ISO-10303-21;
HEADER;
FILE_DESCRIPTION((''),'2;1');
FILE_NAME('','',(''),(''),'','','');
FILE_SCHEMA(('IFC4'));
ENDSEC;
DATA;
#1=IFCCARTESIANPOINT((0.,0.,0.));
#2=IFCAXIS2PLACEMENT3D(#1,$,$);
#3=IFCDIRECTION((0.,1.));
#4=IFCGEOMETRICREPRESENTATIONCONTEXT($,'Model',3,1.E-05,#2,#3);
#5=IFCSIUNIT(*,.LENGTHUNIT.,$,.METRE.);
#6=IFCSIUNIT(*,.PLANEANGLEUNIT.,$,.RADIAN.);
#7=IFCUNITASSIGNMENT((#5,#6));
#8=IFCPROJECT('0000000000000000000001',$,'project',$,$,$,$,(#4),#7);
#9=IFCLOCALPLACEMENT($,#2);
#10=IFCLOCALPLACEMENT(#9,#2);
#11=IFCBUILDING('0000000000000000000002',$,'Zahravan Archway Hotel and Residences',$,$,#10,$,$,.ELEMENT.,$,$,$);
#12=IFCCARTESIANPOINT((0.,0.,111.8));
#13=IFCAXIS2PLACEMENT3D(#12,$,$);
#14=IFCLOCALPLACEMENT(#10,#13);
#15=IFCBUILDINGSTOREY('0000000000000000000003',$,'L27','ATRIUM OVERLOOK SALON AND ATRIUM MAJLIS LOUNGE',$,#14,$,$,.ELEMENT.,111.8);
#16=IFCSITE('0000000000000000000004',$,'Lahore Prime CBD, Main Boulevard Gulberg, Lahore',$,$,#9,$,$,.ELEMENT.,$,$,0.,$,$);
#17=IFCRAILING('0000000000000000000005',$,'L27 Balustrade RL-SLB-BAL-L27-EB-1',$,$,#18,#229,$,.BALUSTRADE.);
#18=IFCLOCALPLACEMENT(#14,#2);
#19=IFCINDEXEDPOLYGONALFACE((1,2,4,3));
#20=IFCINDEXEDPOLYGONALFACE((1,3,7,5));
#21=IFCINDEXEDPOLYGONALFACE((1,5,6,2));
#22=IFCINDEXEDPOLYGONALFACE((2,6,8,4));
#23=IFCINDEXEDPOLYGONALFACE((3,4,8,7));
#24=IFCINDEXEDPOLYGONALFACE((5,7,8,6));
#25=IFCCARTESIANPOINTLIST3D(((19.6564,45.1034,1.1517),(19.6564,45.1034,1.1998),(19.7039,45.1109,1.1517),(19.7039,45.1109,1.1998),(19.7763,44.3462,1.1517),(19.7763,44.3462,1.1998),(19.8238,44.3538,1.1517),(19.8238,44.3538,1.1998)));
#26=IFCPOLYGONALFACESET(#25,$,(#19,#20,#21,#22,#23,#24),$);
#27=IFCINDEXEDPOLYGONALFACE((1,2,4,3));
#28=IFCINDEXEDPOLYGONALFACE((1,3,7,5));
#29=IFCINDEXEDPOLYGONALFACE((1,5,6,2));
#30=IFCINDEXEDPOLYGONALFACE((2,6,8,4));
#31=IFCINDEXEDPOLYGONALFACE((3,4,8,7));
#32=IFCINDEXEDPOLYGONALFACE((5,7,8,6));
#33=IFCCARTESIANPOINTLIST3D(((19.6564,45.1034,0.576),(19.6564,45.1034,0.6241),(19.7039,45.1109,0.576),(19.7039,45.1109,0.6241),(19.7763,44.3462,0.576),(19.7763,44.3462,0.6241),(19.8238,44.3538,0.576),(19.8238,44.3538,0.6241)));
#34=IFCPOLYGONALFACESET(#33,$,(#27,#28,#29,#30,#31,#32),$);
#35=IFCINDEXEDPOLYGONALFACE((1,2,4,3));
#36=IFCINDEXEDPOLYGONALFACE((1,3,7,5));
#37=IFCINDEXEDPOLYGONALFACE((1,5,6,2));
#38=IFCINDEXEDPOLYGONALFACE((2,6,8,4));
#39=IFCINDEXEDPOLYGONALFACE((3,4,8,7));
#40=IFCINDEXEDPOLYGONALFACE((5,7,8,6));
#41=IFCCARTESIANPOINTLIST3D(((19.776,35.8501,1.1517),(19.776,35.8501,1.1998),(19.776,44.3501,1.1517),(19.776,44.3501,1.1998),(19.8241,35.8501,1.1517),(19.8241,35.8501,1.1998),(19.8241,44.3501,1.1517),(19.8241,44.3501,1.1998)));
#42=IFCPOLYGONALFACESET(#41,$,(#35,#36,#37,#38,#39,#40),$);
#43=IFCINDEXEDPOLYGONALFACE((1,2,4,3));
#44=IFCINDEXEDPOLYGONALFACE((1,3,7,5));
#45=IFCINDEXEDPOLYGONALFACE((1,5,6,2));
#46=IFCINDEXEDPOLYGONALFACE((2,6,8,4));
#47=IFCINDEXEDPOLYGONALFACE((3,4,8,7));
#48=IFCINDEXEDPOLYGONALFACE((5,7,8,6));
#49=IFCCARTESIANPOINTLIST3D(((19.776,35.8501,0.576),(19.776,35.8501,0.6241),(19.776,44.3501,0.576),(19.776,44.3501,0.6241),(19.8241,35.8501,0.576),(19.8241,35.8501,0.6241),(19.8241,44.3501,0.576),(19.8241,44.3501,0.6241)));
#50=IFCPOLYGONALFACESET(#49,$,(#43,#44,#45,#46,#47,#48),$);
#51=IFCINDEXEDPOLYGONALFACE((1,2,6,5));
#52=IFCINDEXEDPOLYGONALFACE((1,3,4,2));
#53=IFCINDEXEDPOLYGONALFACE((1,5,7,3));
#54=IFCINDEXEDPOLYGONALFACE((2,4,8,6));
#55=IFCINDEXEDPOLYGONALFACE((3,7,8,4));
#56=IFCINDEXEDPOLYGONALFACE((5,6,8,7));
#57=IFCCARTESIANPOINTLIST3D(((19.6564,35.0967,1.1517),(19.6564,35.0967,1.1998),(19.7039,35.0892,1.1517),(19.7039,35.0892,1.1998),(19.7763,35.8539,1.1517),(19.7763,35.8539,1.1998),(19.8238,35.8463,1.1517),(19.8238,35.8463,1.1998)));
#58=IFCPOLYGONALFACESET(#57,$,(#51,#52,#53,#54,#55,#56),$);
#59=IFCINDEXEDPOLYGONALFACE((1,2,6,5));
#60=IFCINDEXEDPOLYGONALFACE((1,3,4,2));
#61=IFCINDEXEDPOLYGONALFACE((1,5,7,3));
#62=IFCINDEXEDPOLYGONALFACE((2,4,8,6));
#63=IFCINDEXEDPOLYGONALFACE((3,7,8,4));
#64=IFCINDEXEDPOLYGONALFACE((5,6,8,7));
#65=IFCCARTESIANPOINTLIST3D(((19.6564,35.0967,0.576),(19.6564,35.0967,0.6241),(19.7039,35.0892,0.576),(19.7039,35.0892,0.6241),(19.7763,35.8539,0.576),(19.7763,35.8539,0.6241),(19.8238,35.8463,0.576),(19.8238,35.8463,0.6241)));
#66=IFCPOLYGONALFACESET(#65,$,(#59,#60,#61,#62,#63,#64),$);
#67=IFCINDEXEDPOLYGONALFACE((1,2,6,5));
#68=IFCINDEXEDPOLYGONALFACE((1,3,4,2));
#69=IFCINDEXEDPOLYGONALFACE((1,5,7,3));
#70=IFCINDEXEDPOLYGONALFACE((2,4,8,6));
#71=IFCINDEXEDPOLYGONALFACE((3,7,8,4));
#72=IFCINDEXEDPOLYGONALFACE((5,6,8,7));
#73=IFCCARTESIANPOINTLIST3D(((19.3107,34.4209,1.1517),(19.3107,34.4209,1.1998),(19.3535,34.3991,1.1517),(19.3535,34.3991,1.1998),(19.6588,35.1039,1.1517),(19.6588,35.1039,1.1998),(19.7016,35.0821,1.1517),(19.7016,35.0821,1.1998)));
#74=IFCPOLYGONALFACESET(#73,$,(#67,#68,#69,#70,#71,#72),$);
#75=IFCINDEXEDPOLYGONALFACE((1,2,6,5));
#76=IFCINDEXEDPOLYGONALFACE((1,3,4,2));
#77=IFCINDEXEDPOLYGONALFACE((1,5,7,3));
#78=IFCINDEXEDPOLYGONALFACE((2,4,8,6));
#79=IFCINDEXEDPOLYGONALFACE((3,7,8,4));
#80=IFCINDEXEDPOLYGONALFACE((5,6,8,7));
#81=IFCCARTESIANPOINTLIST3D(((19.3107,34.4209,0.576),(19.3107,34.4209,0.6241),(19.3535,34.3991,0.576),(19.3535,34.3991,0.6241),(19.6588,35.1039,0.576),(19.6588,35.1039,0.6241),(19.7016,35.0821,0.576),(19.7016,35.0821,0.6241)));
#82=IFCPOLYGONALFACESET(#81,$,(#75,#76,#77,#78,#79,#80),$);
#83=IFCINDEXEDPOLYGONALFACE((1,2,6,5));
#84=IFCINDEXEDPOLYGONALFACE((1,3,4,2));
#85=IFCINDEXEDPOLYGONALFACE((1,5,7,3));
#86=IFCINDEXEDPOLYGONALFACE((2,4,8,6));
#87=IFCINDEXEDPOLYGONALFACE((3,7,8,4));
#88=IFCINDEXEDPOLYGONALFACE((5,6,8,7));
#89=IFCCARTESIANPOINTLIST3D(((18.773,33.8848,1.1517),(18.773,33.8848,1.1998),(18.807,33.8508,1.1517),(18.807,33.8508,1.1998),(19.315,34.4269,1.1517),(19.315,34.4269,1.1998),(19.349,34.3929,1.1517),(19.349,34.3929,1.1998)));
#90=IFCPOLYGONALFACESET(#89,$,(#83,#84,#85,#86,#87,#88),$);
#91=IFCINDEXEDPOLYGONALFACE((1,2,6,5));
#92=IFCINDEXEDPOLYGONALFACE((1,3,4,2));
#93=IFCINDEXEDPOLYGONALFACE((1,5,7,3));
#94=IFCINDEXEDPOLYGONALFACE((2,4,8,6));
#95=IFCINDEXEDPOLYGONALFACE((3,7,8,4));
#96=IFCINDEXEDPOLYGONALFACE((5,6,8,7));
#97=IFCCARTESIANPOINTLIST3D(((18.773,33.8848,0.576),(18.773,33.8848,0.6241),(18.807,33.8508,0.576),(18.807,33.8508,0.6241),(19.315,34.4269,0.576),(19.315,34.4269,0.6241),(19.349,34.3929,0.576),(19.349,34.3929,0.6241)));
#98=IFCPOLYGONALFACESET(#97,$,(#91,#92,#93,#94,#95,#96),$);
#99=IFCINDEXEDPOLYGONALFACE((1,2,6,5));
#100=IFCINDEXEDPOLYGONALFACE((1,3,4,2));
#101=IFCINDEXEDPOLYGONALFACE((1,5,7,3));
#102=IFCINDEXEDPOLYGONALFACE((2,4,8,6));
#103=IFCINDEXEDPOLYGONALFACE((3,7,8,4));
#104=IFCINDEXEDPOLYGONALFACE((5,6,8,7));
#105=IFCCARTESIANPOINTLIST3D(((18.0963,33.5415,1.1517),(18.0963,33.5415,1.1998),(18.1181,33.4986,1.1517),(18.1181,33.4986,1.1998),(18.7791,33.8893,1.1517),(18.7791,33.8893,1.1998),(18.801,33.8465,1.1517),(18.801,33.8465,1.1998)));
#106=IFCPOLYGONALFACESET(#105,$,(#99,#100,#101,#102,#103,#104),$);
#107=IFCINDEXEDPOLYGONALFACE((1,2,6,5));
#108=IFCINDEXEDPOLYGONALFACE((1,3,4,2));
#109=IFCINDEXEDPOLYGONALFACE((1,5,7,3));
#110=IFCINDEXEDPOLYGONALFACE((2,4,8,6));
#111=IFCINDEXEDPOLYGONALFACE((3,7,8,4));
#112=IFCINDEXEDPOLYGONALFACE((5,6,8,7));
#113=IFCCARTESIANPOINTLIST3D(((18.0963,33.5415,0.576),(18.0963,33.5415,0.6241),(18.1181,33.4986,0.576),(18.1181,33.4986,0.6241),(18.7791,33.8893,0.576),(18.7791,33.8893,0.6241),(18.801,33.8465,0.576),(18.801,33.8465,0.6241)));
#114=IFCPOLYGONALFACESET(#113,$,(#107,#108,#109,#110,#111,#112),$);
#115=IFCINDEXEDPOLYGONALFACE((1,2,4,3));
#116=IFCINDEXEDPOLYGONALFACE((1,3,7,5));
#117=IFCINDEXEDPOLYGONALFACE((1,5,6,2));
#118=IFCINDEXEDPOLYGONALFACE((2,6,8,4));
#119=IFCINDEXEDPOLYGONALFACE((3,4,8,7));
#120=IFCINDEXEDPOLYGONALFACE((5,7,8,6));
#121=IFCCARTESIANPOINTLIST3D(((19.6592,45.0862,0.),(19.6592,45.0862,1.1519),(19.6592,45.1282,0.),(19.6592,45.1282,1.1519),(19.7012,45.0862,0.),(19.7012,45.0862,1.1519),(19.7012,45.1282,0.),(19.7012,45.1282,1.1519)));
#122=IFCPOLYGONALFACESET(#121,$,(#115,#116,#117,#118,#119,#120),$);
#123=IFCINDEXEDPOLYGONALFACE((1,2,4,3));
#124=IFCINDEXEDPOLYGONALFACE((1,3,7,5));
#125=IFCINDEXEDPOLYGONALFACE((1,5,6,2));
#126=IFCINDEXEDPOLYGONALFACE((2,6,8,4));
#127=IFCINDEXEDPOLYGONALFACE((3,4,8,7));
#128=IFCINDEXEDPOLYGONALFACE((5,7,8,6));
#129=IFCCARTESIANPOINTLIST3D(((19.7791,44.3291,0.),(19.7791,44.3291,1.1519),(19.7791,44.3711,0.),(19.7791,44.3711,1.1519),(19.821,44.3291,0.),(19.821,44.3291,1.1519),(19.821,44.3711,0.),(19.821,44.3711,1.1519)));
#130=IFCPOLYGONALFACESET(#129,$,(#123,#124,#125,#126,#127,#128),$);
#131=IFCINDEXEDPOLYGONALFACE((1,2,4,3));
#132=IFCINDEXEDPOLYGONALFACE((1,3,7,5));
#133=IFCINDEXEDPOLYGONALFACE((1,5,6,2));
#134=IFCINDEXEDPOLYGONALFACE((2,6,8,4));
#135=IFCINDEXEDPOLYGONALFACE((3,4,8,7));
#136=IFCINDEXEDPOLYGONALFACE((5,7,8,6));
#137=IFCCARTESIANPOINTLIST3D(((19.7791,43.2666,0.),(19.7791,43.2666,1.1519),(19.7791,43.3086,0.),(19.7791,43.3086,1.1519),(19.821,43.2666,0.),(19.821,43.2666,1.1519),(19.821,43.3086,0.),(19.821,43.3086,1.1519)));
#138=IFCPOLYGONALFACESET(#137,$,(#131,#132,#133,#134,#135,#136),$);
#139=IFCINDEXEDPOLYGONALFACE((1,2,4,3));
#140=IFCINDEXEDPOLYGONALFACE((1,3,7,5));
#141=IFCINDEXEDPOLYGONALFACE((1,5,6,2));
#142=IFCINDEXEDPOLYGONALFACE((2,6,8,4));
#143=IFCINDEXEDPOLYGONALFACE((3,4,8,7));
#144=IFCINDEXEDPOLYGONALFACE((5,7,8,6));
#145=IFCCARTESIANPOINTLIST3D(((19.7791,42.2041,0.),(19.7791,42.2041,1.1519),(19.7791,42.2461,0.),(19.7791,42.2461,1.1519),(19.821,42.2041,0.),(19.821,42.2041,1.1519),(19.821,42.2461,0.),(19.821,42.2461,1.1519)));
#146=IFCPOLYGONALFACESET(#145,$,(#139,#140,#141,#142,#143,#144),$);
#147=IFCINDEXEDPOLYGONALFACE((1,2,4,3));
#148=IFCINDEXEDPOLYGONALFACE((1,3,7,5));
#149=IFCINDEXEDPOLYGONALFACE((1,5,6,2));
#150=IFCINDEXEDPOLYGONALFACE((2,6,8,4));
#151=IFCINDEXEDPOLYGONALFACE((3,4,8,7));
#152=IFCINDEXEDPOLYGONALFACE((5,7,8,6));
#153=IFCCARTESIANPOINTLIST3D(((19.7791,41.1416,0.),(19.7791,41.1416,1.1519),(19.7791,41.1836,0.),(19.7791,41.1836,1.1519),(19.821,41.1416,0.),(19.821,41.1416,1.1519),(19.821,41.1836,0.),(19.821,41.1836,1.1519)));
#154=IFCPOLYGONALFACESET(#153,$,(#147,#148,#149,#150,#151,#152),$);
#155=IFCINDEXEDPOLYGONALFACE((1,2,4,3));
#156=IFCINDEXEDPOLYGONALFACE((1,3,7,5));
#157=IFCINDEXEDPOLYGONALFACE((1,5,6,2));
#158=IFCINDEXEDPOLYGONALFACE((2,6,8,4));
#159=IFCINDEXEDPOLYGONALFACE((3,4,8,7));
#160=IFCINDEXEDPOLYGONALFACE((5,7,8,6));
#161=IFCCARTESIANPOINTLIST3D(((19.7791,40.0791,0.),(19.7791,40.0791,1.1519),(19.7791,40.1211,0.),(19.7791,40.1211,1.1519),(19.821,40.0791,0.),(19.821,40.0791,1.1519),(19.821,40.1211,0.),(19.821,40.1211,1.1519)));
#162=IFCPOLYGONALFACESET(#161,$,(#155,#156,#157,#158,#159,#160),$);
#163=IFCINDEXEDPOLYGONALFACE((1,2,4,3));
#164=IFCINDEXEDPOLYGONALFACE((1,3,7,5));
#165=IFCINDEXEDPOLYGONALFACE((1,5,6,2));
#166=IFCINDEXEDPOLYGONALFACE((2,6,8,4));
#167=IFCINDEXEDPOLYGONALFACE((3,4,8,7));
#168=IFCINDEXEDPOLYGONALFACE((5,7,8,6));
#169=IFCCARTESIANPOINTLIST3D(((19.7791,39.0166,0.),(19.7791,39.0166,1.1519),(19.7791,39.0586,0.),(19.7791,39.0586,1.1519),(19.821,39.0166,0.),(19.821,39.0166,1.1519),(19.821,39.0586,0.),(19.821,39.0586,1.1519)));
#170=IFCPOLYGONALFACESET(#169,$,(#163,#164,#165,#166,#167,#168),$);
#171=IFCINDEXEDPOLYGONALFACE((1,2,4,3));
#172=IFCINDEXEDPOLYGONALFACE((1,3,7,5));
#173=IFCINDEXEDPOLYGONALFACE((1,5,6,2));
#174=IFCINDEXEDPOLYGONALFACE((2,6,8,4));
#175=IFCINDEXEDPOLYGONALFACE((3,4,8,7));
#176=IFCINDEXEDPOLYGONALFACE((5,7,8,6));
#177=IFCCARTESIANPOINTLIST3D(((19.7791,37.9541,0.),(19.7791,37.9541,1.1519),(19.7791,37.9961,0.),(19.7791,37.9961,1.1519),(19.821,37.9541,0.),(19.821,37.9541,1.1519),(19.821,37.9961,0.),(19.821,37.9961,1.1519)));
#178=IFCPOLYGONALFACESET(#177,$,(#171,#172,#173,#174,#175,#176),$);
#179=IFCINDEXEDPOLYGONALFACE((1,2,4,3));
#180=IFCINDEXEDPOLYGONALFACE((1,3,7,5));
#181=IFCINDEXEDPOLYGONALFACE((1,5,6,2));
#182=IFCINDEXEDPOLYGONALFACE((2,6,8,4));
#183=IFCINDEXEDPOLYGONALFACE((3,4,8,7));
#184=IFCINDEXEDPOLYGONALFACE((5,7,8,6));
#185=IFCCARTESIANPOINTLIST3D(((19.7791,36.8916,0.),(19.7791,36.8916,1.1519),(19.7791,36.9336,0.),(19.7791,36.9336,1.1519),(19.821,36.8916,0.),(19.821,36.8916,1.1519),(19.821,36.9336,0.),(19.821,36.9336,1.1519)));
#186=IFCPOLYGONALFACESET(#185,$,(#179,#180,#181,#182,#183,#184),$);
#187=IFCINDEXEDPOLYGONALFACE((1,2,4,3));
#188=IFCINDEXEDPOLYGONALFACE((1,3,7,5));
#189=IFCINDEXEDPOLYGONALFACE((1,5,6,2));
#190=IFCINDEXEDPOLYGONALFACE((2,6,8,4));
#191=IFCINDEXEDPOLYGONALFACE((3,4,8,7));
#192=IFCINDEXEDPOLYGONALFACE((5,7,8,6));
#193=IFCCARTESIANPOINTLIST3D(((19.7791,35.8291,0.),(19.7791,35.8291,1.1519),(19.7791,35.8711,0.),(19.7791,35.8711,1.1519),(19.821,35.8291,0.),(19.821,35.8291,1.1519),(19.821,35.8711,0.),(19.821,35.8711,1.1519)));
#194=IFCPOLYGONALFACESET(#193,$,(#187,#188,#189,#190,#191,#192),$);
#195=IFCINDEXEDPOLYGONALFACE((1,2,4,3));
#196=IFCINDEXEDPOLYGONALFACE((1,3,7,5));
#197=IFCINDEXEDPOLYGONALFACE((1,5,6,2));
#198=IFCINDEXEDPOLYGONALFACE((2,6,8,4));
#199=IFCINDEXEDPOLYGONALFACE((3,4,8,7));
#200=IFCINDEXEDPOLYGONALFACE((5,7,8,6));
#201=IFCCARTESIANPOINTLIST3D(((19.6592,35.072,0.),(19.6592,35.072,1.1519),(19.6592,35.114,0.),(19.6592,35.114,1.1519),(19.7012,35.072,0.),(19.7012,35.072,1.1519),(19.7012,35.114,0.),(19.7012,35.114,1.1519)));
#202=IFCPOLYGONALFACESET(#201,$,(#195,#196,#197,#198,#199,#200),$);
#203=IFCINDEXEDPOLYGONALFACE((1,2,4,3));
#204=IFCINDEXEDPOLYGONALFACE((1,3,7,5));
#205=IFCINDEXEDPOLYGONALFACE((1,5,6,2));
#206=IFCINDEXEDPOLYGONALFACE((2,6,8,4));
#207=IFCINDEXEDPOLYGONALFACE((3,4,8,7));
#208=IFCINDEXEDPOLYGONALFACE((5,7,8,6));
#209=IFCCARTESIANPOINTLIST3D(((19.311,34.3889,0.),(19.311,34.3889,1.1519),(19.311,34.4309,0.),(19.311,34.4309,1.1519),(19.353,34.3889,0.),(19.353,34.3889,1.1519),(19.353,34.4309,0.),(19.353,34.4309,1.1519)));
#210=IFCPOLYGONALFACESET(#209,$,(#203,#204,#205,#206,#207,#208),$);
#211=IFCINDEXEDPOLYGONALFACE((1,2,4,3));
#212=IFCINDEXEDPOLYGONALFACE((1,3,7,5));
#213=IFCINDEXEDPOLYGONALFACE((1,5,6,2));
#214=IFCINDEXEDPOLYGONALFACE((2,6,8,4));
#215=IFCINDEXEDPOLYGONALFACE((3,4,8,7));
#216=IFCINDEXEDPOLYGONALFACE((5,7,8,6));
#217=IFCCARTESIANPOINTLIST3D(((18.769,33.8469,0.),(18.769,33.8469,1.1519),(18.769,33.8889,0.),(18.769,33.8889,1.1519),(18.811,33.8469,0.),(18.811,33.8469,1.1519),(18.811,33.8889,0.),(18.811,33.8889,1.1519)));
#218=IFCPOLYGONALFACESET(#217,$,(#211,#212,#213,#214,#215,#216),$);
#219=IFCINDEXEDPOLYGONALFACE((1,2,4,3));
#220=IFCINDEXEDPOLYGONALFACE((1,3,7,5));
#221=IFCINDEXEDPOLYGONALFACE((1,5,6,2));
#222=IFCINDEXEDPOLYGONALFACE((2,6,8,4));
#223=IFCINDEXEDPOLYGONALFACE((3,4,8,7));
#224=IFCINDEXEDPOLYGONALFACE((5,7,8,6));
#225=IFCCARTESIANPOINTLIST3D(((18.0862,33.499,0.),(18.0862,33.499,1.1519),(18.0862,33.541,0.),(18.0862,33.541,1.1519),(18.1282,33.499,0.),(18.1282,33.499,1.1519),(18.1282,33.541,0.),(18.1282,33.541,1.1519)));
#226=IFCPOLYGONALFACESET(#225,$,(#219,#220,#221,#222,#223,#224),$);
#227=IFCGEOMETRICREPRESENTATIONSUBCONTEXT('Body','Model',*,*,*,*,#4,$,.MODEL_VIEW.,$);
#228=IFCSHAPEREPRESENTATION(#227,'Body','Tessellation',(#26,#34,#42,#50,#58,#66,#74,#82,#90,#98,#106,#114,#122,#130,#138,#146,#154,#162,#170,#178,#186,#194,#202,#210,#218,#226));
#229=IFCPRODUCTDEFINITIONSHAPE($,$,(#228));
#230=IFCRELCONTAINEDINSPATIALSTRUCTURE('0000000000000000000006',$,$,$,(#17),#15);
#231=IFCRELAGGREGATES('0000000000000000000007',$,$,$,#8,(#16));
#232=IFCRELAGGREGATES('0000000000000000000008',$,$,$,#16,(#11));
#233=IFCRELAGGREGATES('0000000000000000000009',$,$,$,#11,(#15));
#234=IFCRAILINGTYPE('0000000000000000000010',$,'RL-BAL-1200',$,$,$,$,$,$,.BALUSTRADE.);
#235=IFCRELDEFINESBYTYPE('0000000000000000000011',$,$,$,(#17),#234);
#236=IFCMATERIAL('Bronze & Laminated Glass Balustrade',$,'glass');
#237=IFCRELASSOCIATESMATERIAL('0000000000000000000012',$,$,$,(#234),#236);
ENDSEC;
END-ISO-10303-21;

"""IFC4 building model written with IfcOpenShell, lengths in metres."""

from ifc_helpers import new_model, si_unit, direction, frame, origin, origin_2d, place, context, subcontext, project, spatial, rectangle, extrude, material, type_object, element, save


model = new_model("IFC4")

# Units and contexts
model_context = context("Model", 3, precision=1e-05, world=origin(), true_north=direction((0.0, 1.0)))
body_context = subcontext(model_context, "Body", "Model", "MODEL_VIEW")
ifc_project = project(units=[si_unit("LENGTHUNIT", "METRE"), si_unit("PLANEANGLEUNIT", "RADIAN")], contexts=[model_context])

# Site, building, storey
site_placement = place(None, origin())
site = spatial("IfcSite", under=ifc_project, at=site_placement, Name="Lahore Prime CBD, Main Boulevard Gulberg, Lahore", CompositionType="ELEMENT", RefElevation=0.0)
building_placement = place(site_placement, origin())
building = spatial("IfcBuilding", under=site, at=building_placement, Name="Zahravan Archway Hotel and Residences", CompositionType="ELEMENT")
storey_placement = place(building_placement, frame((0.0, 0.0, 111.8)))
storey = spatial("IfcBuildingStorey", under=building, at=storey_placement, Name="L27", Description="ATRIUM OVERLOOK SALON AND ATRIUM MAJLIS LOUNGE", CompositionType="ELEMENT", Elevation=111.8)

# Railing
ifc_material_1 = material(Name="Bronze & Laminated Glass Balustrade", Category="glass")
railing_type = type_object("IfcRailingType", Name="RL-BAL-1200", PredefinedType="BALUSTRADE", material=ifc_material_1)
railing_placement = place(storey_placement, frame((19.6802, 45.1072, 0.0)))
element("IfcRailing", 1, at=railing_placement, inside=storey, type_object=railing_type, Name="L27 Balustrade RL-SLB-BAL-L27-EB-1", PredefinedType="BALUSTRADE", context=body_context, shape_type="SweptSolid", body=[
    extrude(rectangle(XDim=0.0481, YDim=0.0481, at=origin_2d()), frame((0.0, 0.0, 1.1758), z_axis=(0.156388, -0.987696, 0.0), x_axis=(0.987696, 0.156388, 0.0)), (0.0, 0.0, 1.0), 0.7666),
    extrude(rectangle(XDim=0.0481, YDim=0.0481, at=origin_2d()), frame((0.0, 0.0, 0.6001), z_axis=(0.156388, -0.987696, 0.0), x_axis=(0.987696, 0.156388, 0.0)), (0.0, 0.0, 1.0), 0.7666),
    extrude(rectangle(XDim=0.0481, YDim=0.0481, at=origin_2d()), frame((0.1199, -0.7571, 1.1758), z_axis=(0.0, -1.0, 0.0), x_axis=(1.0, 0.0, 0.0)), (0.0, 0.0, 1.0), 8.5),
    extrude(rectangle(XDim=0.0481, YDim=0.0481, at=origin_2d()), frame((0.1199, -0.7571, 0.6001), z_axis=(0.0, -1.0, 0.0), x_axis=(1.0, 0.0, 0.0)), (0.0, 0.0, 1.0), 8.5),
    extrude(rectangle(XDim=0.0481, YDim=0.0481, at=origin_2d()), frame((0.1199, -9.2571, 1.1758), z_axis=(-0.156388, -0.987696, 0.0), x_axis=(0.987696, -0.156388, 0.0)), (0.0, 0.0, 1.0), 0.7666),
    extrude(rectangle(XDim=0.0481, YDim=0.0481, at=origin_2d()), frame((0.1199, -9.2571, 0.6001), z_axis=(-0.156388, -0.987696, 0.0), x_axis=(0.987696, -0.156388, 0.0)), (0.0, 0.0, 1.0), 0.7666),
    extrude(rectangle(XDim=0.0481, YDim=0.0481, at=origin_2d()), frame((0.0, -10.0142, 1.1758), z_axis=(-0.454078, -0.890962, 0.0), x_axis=(0.890962, -0.454078, 0.0)), (0.0, 0.0, 1.0), 0.7666),
    extrude(rectangle(XDim=0.0481, YDim=0.0481, at=origin_2d()), frame((0.0, -10.0142, 0.6001), z_axis=(-0.454078, -0.890962, 0.0), x_axis=(0.890962, -0.454078, 0.0)), (0.0, 0.0, 1.0), 0.7666),
    extrude(rectangle(XDim=0.0481, YDim=0.0481, at=origin_2d()), frame((-0.3481, -10.6973, 1.1758), z_axis=(-0.707107, -0.707107, 0.0), x_axis=(0.707107, -0.707107, 0.0)), (0.0, 0.0, 1.0), 0.7666),
    extrude(rectangle(XDim=0.0481, YDim=0.0481, at=origin_2d()), frame((-0.3481, -10.6973, 0.6001), z_axis=(-0.707107, -0.707107, 0.0), x_axis=(0.707107, -0.707107, 0.0)), (0.0, 0.0, 1.0), 0.7666),
    extrude(rectangle(XDim=0.0481, YDim=0.0481, at=origin_2d()), frame((-0.8901, -11.2393, 1.1758), z_axis=(-0.891025, -0.453954, 0.0), x_axis=(0.453954, -0.891025, 0.0)), (0.0, 0.0, 1.0), 0.7664),
    extrude(rectangle(XDim=0.0481, YDim=0.0481, at=origin_2d()), frame((-0.8901, -11.2393, 0.6001), z_axis=(-0.891025, -0.453954, 0.0), x_axis=(0.453954, -0.891025, 0.0)), (0.0, 0.0, 1.0), 0.7664),
    extrude(rectangle(XDim=0.042, YDim=0.042, at=origin_2d()), origin(), (0.0, 0.0, 1.0), 1.1519),
    extrude(rectangle(XDim=0.042, YDim=0.042, at=origin_2d()), frame((0.1199, -0.7571, 0.0)), (0.0, 0.0, 1.0), 1.1519),
    extrude(rectangle(XDim=0.042, YDim=0.042, at=origin_2d()), frame((0.1199, -1.8196, 0.0)), (0.0, 0.0, 1.0), 1.1519),
    extrude(rectangle(XDim=0.042, YDim=0.042, at=origin_2d()), frame((0.1199, -2.8821, 0.0)), (0.0, 0.0, 1.0), 1.1519),
    extrude(rectangle(XDim=0.042, YDim=0.042, at=origin_2d()), frame((0.1199, -3.9446, 0.0)), (0.0, 0.0, 1.0), 1.1519),
    extrude(rectangle(XDim=0.042, YDim=0.042, at=origin_2d()), frame((0.1199, -5.0071, 0.0)), (0.0, 0.0, 1.0), 1.1519),
    extrude(rectangle(XDim=0.042, YDim=0.042, at=origin_2d()), frame((0.1199, -6.0696, 0.0)), (0.0, 0.0, 1.0), 1.1519),
    extrude(rectangle(XDim=0.042, YDim=0.042, at=origin_2d()), frame((0.1199, -7.1321, 0.0)), (0.0, 0.0, 1.0), 1.1519),
    extrude(rectangle(XDim=0.042, YDim=0.042, at=origin_2d()), frame((0.1199, -8.1946, 0.0)), (0.0, 0.0, 1.0), 1.1519),
    extrude(rectangle(XDim=0.042, YDim=0.042, at=origin_2d()), frame((0.1199, -9.2571, 0.0)), (0.0, 0.0, 1.0), 1.1519),
    extrude(rectangle(XDim=0.042, YDim=0.042, at=origin_2d()), frame((0.0, -10.0142, 0.0)), (0.0, 0.0, 1.0), 1.1519),
    extrude(rectangle(XDim=0.042, YDim=0.042, at=origin_2d()), frame((-0.3481, -10.6973, 0.0)), (0.0, 0.0, 1.0), 1.1519),
    extrude(rectangle(XDim=0.042, YDim=0.042, at=origin_2d()), frame((-0.8901, -11.2393, 0.0)), (0.0, 0.0, 1.0), 1.1519),
    extrude(rectangle(XDim=0.042, YDim=0.042, at=origin_2d()), frame((-1.573, -11.5872, 0.0)), (0.0, 0.0, 1.0), 1.1519),
])

save(model, "model.ifc")
